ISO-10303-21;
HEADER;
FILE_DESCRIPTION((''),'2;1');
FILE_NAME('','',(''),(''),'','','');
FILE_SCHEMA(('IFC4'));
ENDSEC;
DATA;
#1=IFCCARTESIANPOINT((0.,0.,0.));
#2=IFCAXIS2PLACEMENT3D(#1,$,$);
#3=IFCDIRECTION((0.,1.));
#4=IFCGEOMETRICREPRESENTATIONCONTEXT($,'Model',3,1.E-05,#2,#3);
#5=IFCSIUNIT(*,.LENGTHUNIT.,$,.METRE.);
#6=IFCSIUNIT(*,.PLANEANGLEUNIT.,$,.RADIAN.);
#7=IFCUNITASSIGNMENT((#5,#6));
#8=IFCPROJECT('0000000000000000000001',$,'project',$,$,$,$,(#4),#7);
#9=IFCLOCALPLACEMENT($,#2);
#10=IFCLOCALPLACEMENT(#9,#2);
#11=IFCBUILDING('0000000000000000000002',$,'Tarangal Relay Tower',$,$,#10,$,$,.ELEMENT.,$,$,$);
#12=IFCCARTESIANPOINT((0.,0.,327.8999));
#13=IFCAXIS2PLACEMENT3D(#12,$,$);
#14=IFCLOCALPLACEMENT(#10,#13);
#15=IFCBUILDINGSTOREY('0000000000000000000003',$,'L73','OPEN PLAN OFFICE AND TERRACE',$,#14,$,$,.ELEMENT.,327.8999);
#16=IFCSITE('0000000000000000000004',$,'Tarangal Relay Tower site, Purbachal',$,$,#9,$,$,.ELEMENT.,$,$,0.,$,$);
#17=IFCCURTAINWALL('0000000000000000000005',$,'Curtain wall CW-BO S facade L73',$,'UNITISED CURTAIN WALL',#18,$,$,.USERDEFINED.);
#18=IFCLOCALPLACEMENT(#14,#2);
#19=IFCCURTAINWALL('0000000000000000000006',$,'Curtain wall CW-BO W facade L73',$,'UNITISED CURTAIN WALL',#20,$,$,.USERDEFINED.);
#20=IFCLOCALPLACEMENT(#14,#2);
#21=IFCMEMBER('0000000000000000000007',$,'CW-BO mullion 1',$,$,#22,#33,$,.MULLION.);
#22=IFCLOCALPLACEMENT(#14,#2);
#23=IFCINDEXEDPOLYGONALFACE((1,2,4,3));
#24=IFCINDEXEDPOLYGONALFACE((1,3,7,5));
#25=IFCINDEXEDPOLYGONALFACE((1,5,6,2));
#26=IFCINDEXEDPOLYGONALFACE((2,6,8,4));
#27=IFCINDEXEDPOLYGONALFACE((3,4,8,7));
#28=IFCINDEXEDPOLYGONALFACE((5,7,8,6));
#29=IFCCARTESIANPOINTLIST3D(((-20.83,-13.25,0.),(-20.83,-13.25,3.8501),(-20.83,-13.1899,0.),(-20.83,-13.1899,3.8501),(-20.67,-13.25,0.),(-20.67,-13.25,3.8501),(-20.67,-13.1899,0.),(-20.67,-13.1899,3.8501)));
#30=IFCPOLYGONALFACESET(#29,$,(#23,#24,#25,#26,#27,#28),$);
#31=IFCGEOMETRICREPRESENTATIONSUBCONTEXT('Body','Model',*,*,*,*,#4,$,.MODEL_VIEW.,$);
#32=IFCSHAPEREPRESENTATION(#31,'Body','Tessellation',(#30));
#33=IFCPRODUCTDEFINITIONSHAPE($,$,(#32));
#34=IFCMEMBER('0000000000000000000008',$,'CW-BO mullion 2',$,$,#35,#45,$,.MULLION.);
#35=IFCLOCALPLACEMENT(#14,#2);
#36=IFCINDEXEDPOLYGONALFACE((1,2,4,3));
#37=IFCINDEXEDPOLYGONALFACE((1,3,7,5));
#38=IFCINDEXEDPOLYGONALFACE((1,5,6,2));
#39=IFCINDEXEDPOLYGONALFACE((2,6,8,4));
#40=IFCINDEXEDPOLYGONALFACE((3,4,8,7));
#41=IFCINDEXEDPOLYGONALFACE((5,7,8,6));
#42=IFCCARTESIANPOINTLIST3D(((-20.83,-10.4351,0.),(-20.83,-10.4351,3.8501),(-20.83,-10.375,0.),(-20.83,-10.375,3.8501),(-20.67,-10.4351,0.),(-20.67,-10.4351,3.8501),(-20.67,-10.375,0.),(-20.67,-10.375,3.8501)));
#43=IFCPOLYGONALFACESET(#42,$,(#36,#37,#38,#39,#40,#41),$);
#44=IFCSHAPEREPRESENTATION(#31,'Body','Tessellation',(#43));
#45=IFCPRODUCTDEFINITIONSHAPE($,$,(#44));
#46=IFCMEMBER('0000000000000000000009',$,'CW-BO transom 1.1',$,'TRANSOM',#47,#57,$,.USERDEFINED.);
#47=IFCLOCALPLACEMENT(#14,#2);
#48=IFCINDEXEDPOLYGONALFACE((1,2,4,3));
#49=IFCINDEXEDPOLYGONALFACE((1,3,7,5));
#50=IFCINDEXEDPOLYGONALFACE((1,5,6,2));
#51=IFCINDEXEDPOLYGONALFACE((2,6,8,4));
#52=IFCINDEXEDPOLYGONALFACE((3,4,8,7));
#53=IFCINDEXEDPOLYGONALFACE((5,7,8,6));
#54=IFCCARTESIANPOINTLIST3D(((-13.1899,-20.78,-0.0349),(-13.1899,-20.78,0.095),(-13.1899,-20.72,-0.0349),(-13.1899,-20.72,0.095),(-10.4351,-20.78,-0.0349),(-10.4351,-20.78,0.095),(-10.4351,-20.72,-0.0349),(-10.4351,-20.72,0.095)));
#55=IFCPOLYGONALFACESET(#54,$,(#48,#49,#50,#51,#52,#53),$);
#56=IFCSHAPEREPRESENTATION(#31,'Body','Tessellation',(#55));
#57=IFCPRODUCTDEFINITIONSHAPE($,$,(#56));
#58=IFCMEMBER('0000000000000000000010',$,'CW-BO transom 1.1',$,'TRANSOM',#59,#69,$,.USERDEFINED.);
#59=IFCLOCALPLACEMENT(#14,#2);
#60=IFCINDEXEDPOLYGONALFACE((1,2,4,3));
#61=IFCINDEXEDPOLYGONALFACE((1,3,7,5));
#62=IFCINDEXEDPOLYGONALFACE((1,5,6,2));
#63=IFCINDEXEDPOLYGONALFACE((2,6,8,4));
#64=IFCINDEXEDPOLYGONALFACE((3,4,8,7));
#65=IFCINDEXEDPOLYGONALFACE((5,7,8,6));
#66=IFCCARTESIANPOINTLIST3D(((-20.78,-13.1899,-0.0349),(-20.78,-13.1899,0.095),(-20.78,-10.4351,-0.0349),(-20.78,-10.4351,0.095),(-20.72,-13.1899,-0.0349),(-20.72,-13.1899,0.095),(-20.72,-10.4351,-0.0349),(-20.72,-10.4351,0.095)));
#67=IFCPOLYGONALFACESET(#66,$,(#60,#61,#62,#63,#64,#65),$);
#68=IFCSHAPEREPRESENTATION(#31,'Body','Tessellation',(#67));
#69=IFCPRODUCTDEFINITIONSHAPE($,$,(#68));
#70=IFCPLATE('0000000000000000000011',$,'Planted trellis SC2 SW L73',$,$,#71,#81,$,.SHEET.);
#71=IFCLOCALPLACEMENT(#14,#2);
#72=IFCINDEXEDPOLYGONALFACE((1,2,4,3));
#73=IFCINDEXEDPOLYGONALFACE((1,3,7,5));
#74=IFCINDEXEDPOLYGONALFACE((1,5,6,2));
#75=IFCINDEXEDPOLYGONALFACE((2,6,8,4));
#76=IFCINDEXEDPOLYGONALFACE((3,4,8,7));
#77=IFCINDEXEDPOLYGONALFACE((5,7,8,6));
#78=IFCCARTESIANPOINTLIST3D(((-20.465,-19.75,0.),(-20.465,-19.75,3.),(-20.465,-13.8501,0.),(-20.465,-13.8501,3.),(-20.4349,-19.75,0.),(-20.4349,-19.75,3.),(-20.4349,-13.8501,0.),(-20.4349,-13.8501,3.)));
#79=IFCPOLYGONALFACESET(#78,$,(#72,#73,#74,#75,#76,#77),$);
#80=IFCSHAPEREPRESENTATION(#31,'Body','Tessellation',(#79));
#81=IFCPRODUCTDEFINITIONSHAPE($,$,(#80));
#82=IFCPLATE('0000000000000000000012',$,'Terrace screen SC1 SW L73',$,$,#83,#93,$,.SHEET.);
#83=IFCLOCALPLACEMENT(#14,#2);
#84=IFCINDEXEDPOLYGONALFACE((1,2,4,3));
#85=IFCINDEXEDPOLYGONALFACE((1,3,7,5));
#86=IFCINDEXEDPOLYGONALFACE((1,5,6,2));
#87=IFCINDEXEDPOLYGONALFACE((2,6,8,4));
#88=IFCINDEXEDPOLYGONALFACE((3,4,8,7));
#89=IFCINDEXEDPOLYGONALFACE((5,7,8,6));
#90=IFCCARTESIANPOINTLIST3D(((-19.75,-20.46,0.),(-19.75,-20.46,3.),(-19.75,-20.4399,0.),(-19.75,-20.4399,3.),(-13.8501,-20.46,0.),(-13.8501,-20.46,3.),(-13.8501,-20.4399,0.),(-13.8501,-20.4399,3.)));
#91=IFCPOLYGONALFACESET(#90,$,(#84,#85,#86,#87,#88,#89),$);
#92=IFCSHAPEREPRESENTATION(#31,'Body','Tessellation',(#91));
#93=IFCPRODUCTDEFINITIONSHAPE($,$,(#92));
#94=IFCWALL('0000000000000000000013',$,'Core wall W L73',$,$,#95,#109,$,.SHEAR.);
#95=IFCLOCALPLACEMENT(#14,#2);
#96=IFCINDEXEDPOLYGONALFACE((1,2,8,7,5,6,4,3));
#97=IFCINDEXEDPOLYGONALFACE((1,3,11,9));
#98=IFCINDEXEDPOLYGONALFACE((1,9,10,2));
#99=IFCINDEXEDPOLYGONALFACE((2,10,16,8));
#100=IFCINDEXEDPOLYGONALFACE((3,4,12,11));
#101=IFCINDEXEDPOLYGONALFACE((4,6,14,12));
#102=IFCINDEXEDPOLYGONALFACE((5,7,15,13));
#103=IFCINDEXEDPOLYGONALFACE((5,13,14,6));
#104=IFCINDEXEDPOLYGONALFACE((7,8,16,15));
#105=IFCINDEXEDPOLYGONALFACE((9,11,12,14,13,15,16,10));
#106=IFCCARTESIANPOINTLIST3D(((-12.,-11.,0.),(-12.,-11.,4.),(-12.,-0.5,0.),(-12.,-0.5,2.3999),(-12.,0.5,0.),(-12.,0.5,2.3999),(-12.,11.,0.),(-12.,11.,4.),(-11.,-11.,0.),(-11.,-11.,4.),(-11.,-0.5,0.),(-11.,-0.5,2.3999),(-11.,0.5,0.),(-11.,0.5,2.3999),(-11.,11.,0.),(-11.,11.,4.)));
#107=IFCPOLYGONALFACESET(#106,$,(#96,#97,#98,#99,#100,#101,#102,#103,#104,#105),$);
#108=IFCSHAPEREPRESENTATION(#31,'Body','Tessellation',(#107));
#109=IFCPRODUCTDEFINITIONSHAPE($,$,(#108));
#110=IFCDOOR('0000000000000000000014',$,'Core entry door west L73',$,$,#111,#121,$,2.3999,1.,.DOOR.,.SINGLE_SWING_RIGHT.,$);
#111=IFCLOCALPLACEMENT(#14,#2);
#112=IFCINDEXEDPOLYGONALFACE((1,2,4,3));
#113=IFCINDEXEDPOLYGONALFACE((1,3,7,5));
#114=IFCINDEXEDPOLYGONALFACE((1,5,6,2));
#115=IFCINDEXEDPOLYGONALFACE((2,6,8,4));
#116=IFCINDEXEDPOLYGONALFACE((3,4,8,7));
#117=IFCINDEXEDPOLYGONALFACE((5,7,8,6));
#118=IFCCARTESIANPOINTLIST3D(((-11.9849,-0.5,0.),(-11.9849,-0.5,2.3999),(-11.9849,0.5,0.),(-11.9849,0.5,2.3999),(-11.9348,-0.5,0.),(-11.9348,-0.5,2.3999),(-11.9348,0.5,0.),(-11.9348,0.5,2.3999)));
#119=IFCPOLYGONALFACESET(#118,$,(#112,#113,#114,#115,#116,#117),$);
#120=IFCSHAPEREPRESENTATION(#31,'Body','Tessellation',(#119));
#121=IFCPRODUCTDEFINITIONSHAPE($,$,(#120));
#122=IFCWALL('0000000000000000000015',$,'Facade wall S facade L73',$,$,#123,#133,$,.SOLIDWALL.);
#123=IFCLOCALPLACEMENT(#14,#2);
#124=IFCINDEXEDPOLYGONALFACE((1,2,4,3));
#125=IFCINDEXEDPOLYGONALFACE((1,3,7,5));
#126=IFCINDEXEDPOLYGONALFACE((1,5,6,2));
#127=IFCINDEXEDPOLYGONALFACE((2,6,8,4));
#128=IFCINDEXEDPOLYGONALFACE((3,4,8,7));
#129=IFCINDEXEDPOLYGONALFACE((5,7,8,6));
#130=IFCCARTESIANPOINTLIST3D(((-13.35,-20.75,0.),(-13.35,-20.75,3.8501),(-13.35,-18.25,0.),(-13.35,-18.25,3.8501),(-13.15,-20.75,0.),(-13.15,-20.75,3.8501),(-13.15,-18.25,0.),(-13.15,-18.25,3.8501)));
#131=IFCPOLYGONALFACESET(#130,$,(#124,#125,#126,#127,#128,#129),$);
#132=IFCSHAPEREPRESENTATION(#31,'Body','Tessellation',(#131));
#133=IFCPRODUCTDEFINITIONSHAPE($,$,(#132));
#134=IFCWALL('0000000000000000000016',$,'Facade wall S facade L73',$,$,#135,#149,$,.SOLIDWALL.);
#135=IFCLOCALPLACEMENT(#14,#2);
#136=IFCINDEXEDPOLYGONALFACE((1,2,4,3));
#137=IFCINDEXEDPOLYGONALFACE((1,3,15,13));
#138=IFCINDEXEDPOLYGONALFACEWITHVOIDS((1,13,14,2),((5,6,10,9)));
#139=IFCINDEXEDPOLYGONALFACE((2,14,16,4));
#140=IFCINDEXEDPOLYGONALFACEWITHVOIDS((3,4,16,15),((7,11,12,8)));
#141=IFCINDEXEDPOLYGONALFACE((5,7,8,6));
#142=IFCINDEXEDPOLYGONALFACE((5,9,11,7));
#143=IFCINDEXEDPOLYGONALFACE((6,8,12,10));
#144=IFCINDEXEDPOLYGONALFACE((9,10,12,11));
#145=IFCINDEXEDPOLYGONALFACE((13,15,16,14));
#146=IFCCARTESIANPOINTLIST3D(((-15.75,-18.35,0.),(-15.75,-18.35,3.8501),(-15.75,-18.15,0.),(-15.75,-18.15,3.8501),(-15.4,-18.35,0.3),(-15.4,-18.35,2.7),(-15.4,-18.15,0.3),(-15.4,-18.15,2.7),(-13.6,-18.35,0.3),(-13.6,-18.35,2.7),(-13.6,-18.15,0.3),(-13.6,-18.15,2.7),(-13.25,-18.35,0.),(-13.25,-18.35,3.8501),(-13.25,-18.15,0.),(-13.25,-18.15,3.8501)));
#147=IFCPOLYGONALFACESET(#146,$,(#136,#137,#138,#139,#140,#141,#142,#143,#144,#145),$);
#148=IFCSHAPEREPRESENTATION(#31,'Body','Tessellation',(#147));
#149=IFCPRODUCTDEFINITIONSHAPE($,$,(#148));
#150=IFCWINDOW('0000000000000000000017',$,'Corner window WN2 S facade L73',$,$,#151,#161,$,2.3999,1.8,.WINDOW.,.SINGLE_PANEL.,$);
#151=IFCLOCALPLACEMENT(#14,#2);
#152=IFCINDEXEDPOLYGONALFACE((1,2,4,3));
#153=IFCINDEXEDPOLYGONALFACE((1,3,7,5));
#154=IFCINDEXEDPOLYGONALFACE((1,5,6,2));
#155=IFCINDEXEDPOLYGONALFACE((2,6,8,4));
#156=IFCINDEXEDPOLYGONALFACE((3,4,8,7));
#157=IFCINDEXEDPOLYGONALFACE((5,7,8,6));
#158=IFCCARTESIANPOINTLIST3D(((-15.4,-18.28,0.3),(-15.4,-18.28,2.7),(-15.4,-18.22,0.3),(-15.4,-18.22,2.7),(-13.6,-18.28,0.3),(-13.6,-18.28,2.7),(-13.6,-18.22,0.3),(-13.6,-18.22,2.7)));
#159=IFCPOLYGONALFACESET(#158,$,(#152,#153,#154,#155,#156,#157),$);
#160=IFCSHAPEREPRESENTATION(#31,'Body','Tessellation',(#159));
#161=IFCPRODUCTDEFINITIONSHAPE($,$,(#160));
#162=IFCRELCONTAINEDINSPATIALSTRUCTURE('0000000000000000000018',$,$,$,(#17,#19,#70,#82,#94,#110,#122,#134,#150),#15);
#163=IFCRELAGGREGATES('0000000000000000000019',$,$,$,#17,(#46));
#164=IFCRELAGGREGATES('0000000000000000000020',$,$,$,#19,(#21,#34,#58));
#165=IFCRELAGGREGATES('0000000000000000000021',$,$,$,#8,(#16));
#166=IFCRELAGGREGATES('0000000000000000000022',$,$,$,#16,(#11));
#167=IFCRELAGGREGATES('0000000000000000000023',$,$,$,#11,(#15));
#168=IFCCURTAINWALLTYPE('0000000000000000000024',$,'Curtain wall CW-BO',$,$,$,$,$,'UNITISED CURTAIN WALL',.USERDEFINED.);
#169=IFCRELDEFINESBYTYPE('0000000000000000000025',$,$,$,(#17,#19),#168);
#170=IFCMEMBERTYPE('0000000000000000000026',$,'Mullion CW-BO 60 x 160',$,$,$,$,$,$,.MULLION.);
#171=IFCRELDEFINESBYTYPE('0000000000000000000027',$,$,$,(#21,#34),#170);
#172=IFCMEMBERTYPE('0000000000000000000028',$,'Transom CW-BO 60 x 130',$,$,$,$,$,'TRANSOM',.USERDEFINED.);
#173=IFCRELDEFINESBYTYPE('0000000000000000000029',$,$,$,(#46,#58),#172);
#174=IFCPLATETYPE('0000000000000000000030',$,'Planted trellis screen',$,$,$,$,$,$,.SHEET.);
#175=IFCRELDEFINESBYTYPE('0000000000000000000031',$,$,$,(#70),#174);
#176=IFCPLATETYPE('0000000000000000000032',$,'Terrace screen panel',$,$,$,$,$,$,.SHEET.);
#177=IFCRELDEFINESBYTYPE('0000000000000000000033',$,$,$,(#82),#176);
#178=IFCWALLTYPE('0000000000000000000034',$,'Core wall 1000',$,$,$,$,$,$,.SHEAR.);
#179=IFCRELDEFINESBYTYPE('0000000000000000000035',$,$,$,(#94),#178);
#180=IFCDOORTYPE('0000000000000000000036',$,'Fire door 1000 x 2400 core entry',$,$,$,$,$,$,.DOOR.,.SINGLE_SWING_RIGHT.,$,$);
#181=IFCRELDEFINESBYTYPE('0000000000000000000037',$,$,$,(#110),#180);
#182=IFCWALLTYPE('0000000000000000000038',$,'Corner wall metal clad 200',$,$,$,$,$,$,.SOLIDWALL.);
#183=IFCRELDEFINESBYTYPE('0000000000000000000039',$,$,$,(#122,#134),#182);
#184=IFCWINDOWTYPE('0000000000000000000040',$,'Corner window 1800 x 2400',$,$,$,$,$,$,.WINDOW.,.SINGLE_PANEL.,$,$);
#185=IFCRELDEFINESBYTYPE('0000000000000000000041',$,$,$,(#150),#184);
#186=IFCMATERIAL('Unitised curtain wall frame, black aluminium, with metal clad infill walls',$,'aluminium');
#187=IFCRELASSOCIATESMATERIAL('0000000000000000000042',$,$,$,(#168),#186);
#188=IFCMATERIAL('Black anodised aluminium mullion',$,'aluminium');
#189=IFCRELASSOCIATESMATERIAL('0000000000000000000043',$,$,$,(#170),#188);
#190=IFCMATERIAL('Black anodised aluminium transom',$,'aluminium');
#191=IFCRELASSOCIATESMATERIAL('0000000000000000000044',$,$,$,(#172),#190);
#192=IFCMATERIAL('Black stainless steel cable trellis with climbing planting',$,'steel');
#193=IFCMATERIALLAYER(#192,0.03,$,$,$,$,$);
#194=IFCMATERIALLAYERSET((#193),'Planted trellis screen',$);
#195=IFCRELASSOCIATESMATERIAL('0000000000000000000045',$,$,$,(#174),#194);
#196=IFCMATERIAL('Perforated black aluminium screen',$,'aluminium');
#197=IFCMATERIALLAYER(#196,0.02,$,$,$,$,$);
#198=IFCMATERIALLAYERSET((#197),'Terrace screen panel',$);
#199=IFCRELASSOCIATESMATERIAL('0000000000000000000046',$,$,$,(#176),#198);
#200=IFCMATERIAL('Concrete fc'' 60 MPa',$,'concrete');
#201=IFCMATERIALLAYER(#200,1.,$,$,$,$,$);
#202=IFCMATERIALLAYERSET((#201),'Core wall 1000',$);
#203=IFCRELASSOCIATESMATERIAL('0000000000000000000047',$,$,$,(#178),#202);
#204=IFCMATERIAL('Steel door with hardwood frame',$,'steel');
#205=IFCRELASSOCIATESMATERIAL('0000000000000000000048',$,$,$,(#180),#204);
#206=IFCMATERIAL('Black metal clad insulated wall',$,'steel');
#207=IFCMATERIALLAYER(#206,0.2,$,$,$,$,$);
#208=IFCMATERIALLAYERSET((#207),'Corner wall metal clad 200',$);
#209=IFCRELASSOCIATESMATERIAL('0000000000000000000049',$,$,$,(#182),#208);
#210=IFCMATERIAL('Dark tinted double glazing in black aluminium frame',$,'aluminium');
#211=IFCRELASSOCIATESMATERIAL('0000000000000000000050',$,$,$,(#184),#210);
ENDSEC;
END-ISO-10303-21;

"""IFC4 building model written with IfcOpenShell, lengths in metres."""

from ifc_helpers import new_model, si_unit, direction, frame, frame_2d, origin, origin_2d, place, context, subcontext, project, spatial, rectangle, extrude, material, layer, layer_set, material_profile, profile_set, type_object, element, fill, aggregate, save


model = new_model("IFC4")

# Units and contexts
model_context = context("Model", 3, precision=1e-05, world=origin(), true_north=direction((0.0, 1.0)))
body_context = subcontext(model_context, "Body", "Model", "MODEL_VIEW")
ifc_project = project(units=[si_unit("LENGTHUNIT", "METRE"), si_unit("PLANEANGLEUNIT", "RADIAN")], contexts=[model_context])

# Site, building, storey
site_placement = place(None, origin())
site = spatial("IfcSite", under=ifc_project, at=site_placement, Name="Tarangal Relay Tower site, Purbachal", CompositionType="ELEMENT", RefElevation=0.0)
building_placement = place(site_placement, origin())
building = spatial("IfcBuilding", under=site, at=building_placement, Name="Tarangal Relay Tower", CompositionType="ELEMENT")
storey_placement = place(building_placement, frame((0.0, 0.0, 327.8999)))
storey = spatial("IfcBuildingStorey", under=building, at=storey_placement, Name="L73", Description="OPEN PLAN OFFICE AND TERRACE", CompositionType="ELEMENT", Elevation=327.8999)

# Curtain wall
ifc_material_1 = material(Name="Black anodised aluminium mullion", Category="aluminium")
ifc_material_2 = material(Name="Unitised curtain wall frame, black aluminium, with metal clad infill walls", Category="aluminium")
curtain_wall_type_1 = type_object("IfcCurtainWallType", Name="Curtain wall CW-BO", ElementType="UNITISED CURTAIN WALL", PredefinedType="USERDEFINED", material=ifc_material_2)
curtain_wall_1_placement = place(storey_placement, origin())
curtain_wall_1 = element("IfcCurtainWall", 1, at=curtain_wall_1_placement, inside=storey, type_object=curtain_wall_type_1, Name="Curtain wall CW-BO S facade L73", ObjectType="UNITISED CURTAIN WALL", PredefinedType="USERDEFINED")
ifc_material_profile_1 = material_profile(ifc_material_1, rectangle(XDim=0.1599, YDim=0.0601, at=origin_2d()), Name="CW-BOM 60X160")
ifc_profile_set_1 = profile_set([ifc_material_profile_1], Name="Black anodised aluminium mullion")
member_type_1 = type_object("IfcMemberType", Name="Mullion CW-BO 60 x 160", PredefinedType="MULLION", material=ifc_profile_set_1)

# Curtain wall, members
curtain_wall_2_placement = place(storey_placement, origin())
curtain_wall_2 = element("IfcCurtainWall", 2, at=curtain_wall_2_placement, inside=storey, type_object=curtain_wall_type_1, Name="Curtain wall CW-BO W facade L73", ObjectType="UNITISED CURTAIN WALL", PredefinedType="USERDEFINED")
member_1_placement = place(storey_placement, frame((-20.75, -13.22, 0.0), z_axis=(0.0, 0.0, 1.0), x_axis=(-1.0, 0.0, 0.0)))
member_1 = element("IfcMember", 3, at=member_1_placement, type_object=member_type_1, Name="CW-BO mullion 1", PredefinedType="MULLION", context=body_context, shape_type="SweptSolid", body=[
    extrude(rectangle(XDim=0.1599, YDim=0.0601, at=origin_2d()), origin(), (0.0, 0.0, 1.0), 3.8501),
])
member_2_placement = place(storey_placement, frame((-20.75, -10.405, 0.0), z_axis=(0.0, 0.0, 1.0), x_axis=(-1.0, 0.0, 0.0)))
member_2 = element("IfcMember", 4, at=member_2_placement, type_object=member_type_1, Name="CW-BO mullion 2", PredefinedType="MULLION", context=body_context, shape_type="SweptSolid", body=[
    extrude(rectangle(XDim=0.1599, YDim=0.0601, at=origin_2d()), origin(), (0.0, 0.0, 1.0), 3.8501),
])

# Members
ifc_material_3 = material(Name="Black anodised aluminium transom", Category="aluminium")
ifc_material_profile_2 = material_profile(ifc_material_3, rectangle(XDim=0.0601, YDim=0.1299, at=origin_2d()), Name="CW-BOT 60X130")
ifc_profile_set_2 = profile_set([ifc_material_profile_2], Name="Black anodised aluminium transom")
member_type_2 = type_object("IfcMemberType", Name="Transom CW-BO 60 x 130", ElementType="TRANSOM", PredefinedType="USERDEFINED", material=ifc_profile_set_2)
member_3_placement = place(storey_placement, frame((-10.4351, -20.75, 0.03), z_axis=(-1.0, 0.0, 0.0), x_axis=(0.0, -1.0, 0.0)))
member_3 = element("IfcMember", 5, at=member_3_placement, type_object=member_type_2, Name="CW-BO transom 1.1", ObjectType="TRANSOM", PredefinedType="USERDEFINED", context=body_context, shape_type="SweptSolid", body=[
    extrude(rectangle(XDim=0.0601, YDim=0.1299, at=origin_2d()), origin(), (0.0, 0.0, 1.0), 2.7549),
])
aggregate(curtain_wall_1, [member_3])
member_4_placement = place(storey_placement, frame((-20.75, -13.1899, 0.03), z_axis=(0.0, 1.0, 0.0), x_axis=(-1.0, 0.0, 0.0)))
member_4 = element("IfcMember", 6, at=member_4_placement, type_object=member_type_2, Name="CW-BO transom 1.1", ObjectType="TRANSOM", PredefinedType="USERDEFINED", context=body_context, shape_type="SweptSolid", body=[
    extrude(rectangle(XDim=0.0601, YDim=0.1299, at=origin_2d()), origin(), (0.0, 0.0, 1.0), 2.7549),
])
aggregate(curtain_wall_2, [member_1, member_2, member_4])

# Plates
ifc_material_4 = material(Name="Black stainless steel cable trellis with climbing planting", Category="steel")
ifc_layer_1 = layer(ifc_material_4, 0.03)
ifc_layer_set_1 = layer_set([ifc_layer_1], Name="Planted trellis screen")
plate_type_1 = type_object("IfcPlateType", Name="Planted trellis screen", PredefinedType="SHEET", material=ifc_layer_set_1)
plate_1_placement = place(storey_placement, frame((-20.45, -16.8, 0.0), z_axis=(0.0, 0.0, 1.0), x_axis=(0.0, 1.0, 0.0)))
element("IfcPlate", 7, at=plate_1_placement, inside=storey, type_object=plate_type_1, Name="Planted trellis SC2 SW L73", PredefinedType="SHEET", context=body_context, shape_type="SweptSolid", body=[
    extrude(rectangle(XDim=5.8999, YDim=0.03, at=origin_2d()), origin(), (0.0, 0.0, 1.0), 3.0),
])
ifc_material_5 = material(Name="Perforated black aluminium screen", Category="aluminium")
ifc_layer_2 = layer(ifc_material_5, 0.02)
ifc_layer_set_2 = layer_set([ifc_layer_2], Name="Terrace screen panel")
plate_type_2 = type_object("IfcPlateType", Name="Terrace screen panel", PredefinedType="SHEET", material=ifc_layer_set_2)
plate_2_placement = place(storey_placement, frame((-16.8, -20.45, 0.0), z_axis=(0.0, 0.0, 1.0), x_axis=(-1.0, 0.0, 0.0)))
element("IfcPlate", 8, at=plate_2_placement, inside=storey, type_object=plate_type_2, Name="Terrace screen SC1 SW L73", PredefinedType="SHEET", context=body_context, shape_type="SweptSolid", body=[
    extrude(rectangle(XDim=5.8999, YDim=0.02, at=origin_2d()), origin(), (0.0, 0.0, 1.0), 3.0),
])

# Wall, opening, door
ifc_material_6 = material(Name="Concrete fc' 60 MPa", Category="concrete")
ifc_layer_3 = layer(ifc_material_6, 1.0)
ifc_layer_set_3 = layer_set([ifc_layer_3], Name="Core wall 1000")
wall_type_1 = type_object("IfcWallType", Name="Core wall 1000", PredefinedType="SHEAR", material=ifc_layer_set_3)
wall_1_placement = place(storey_placement, frame((-11.5, -11.0, 0.0), z_axis=(0.0, 0.0, 1.0), x_axis=(0.0, 1.0, 0.0)))
wall_1 = element("IfcWall", 9, at=wall_1_placement, inside=storey, type_object=wall_type_1, Name="Core wall W L73", PredefinedType="SHEAR", context=body_context, shape_type="SweptSolid", body=[
    extrude(rectangle(XDim=22.0, YDim=1.0, at=frame_2d((11.0, 0.0))), origin(), (0.0, 0.0, 1.0), 4.0),
])
opening_1_placement = place(wall_1_placement, frame((10.5, 0.0, 0.0)))
opening_1 = element("IfcOpeningElement", 10, at=opening_1_placement, cuts=wall_1, PredefinedType="OPENING", context=body_context, shape_type="SweptSolid", body=[
    extrude(rectangle(XDim=1.0, YDim=2.3999, at=frame_2d((0.5, 1.2))), frame((0.0, 0.51, 0.0), z_axis=(0.0, -1.0, 0.0), x_axis=(1.0, 0.0, 0.0)), (0.0, 0.0, 1.0), 1.02),
])
ifc_material_7 = material(Name="Steel door with hardwood frame", Category="steel")
door_type_1 = type_object("IfcDoorType", Name="Fire door 1000 x 2400 core entry", OperationType="SINGLE_SWING_RIGHT", PredefinedType="DOOR", material=ifc_material_7)
door_1_placement = place(opening_1_placement, origin())
door_1 = element("IfcDoor", 11, at=door_1_placement, inside=storey, type_object=door_type_1, Name="Core entry door west L73", OperationType="SINGLE_SWING_RIGHT", OverallHeight=2.3999, OverallWidth=1.0, PredefinedType="DOOR", context=body_context, shape_type="SweptSolid", body=[
    extrude(rectangle(XDim=1.0, YDim=2.3999, at=frame_2d((0.5, 1.2))), frame((0.0, 0.4849, 0.0), z_axis=(0.0, -1.0, 0.0), x_axis=(1.0, 0.0, 0.0)), (0.0, 0.0, 1.0), 0.05),
])
fill(opening_1, door_1)

# Wall
ifc_material_8 = material(Name="Black metal clad insulated wall", Category="steel")
ifc_layer_4 = layer(ifc_material_8, 0.2)
ifc_layer_set_4 = layer_set([ifc_layer_4], Name="Corner wall metal clad 200")
wall_type_2 = type_object("IfcWallType", Name="Corner wall metal clad 200", PredefinedType="SOLIDWALL", material=ifc_layer_set_4)
wall_2_placement = place(storey_placement, frame((-13.25, -20.75, 0.0), z_axis=(0.0, 0.0, 1.0), x_axis=(0.0, 1.0, 0.0)))
element("IfcWall", 12, at=wall_2_placement, inside=storey, type_object=wall_type_2, Name="Facade wall S facade L73", PredefinedType="SOLIDWALL", context=body_context, shape_type="SweptSolid", body=[
    extrude(rectangle(XDim=2.5, YDim=0.2, at=frame_2d((1.25, 0.0))), origin(), (0.0, 0.0, 1.0), 3.8501),
])

# Wall, opening, window
wall_3_placement = place(storey_placement, frame((-13.25, -18.25, 0.0), z_axis=(0.0, 0.0, 1.0), x_axis=(-1.0, 0.0, 0.0)))
wall_3 = element("IfcWall", 13, at=wall_3_placement, inside=storey, type_object=wall_type_2, Name="Facade wall S facade L73", PredefinedType="SOLIDWALL", context=body_context, shape_type="SweptSolid", body=[
    extrude(rectangle(XDim=2.5, YDim=0.2, at=frame_2d((1.25, 0.0))), origin(), (0.0, 0.0, 1.0), 3.8501),
])
opening_2_placement = place(wall_3_placement, frame((0.3501, 0.0, 0.3)))
opening_2 = element("IfcOpeningElement", 14, at=opening_2_placement, cuts=wall_3, PredefinedType="OPENING", context=body_context, shape_type="SweptSolid", body=[
    extrude(rectangle(XDim=1.8, YDim=2.3999, at=frame_2d((0.8999, 1.2))), frame((0.0, 0.1099, 0.0), z_axis=(0.0, -1.0, 0.0), x_axis=(1.0, 0.0, 0.0)), (0.0, 0.0, 1.0), 0.22),
])
ifc_material_9 = material(Name="Dark tinted double glazing in black aluminium frame", Category="aluminium")
window_type = type_object("IfcWindowType", Name="Corner window 1800 x 2400", PartitioningType="SINGLE_PANEL", PredefinedType="WINDOW", material=ifc_material_9)
window_1_placement = place(opening_2_placement, origin())
window_1 = element("IfcWindow", 15, at=window_1_placement, inside=storey, type_object=window_type, Name="Corner window WN2 S facade L73", OverallHeight=2.3999, OverallWidth=1.8, PartitioningType="SINGLE_PANEL", PredefinedType="WINDOW", context=body_context, shape_type="SweptSolid", body=[
    extrude(rectangle(XDim=1.8, YDim=2.3999, at=frame_2d((0.8999, 1.2))), frame((0.0, 0.03, 0.0), z_axis=(0.0, -1.0, 0.0), x_axis=(1.0, 0.0, 0.0)), (0.0, 0.0, 1.0), 0.0601),
])
fill(opening_2, window_1)

save(model, "model.ifc")
